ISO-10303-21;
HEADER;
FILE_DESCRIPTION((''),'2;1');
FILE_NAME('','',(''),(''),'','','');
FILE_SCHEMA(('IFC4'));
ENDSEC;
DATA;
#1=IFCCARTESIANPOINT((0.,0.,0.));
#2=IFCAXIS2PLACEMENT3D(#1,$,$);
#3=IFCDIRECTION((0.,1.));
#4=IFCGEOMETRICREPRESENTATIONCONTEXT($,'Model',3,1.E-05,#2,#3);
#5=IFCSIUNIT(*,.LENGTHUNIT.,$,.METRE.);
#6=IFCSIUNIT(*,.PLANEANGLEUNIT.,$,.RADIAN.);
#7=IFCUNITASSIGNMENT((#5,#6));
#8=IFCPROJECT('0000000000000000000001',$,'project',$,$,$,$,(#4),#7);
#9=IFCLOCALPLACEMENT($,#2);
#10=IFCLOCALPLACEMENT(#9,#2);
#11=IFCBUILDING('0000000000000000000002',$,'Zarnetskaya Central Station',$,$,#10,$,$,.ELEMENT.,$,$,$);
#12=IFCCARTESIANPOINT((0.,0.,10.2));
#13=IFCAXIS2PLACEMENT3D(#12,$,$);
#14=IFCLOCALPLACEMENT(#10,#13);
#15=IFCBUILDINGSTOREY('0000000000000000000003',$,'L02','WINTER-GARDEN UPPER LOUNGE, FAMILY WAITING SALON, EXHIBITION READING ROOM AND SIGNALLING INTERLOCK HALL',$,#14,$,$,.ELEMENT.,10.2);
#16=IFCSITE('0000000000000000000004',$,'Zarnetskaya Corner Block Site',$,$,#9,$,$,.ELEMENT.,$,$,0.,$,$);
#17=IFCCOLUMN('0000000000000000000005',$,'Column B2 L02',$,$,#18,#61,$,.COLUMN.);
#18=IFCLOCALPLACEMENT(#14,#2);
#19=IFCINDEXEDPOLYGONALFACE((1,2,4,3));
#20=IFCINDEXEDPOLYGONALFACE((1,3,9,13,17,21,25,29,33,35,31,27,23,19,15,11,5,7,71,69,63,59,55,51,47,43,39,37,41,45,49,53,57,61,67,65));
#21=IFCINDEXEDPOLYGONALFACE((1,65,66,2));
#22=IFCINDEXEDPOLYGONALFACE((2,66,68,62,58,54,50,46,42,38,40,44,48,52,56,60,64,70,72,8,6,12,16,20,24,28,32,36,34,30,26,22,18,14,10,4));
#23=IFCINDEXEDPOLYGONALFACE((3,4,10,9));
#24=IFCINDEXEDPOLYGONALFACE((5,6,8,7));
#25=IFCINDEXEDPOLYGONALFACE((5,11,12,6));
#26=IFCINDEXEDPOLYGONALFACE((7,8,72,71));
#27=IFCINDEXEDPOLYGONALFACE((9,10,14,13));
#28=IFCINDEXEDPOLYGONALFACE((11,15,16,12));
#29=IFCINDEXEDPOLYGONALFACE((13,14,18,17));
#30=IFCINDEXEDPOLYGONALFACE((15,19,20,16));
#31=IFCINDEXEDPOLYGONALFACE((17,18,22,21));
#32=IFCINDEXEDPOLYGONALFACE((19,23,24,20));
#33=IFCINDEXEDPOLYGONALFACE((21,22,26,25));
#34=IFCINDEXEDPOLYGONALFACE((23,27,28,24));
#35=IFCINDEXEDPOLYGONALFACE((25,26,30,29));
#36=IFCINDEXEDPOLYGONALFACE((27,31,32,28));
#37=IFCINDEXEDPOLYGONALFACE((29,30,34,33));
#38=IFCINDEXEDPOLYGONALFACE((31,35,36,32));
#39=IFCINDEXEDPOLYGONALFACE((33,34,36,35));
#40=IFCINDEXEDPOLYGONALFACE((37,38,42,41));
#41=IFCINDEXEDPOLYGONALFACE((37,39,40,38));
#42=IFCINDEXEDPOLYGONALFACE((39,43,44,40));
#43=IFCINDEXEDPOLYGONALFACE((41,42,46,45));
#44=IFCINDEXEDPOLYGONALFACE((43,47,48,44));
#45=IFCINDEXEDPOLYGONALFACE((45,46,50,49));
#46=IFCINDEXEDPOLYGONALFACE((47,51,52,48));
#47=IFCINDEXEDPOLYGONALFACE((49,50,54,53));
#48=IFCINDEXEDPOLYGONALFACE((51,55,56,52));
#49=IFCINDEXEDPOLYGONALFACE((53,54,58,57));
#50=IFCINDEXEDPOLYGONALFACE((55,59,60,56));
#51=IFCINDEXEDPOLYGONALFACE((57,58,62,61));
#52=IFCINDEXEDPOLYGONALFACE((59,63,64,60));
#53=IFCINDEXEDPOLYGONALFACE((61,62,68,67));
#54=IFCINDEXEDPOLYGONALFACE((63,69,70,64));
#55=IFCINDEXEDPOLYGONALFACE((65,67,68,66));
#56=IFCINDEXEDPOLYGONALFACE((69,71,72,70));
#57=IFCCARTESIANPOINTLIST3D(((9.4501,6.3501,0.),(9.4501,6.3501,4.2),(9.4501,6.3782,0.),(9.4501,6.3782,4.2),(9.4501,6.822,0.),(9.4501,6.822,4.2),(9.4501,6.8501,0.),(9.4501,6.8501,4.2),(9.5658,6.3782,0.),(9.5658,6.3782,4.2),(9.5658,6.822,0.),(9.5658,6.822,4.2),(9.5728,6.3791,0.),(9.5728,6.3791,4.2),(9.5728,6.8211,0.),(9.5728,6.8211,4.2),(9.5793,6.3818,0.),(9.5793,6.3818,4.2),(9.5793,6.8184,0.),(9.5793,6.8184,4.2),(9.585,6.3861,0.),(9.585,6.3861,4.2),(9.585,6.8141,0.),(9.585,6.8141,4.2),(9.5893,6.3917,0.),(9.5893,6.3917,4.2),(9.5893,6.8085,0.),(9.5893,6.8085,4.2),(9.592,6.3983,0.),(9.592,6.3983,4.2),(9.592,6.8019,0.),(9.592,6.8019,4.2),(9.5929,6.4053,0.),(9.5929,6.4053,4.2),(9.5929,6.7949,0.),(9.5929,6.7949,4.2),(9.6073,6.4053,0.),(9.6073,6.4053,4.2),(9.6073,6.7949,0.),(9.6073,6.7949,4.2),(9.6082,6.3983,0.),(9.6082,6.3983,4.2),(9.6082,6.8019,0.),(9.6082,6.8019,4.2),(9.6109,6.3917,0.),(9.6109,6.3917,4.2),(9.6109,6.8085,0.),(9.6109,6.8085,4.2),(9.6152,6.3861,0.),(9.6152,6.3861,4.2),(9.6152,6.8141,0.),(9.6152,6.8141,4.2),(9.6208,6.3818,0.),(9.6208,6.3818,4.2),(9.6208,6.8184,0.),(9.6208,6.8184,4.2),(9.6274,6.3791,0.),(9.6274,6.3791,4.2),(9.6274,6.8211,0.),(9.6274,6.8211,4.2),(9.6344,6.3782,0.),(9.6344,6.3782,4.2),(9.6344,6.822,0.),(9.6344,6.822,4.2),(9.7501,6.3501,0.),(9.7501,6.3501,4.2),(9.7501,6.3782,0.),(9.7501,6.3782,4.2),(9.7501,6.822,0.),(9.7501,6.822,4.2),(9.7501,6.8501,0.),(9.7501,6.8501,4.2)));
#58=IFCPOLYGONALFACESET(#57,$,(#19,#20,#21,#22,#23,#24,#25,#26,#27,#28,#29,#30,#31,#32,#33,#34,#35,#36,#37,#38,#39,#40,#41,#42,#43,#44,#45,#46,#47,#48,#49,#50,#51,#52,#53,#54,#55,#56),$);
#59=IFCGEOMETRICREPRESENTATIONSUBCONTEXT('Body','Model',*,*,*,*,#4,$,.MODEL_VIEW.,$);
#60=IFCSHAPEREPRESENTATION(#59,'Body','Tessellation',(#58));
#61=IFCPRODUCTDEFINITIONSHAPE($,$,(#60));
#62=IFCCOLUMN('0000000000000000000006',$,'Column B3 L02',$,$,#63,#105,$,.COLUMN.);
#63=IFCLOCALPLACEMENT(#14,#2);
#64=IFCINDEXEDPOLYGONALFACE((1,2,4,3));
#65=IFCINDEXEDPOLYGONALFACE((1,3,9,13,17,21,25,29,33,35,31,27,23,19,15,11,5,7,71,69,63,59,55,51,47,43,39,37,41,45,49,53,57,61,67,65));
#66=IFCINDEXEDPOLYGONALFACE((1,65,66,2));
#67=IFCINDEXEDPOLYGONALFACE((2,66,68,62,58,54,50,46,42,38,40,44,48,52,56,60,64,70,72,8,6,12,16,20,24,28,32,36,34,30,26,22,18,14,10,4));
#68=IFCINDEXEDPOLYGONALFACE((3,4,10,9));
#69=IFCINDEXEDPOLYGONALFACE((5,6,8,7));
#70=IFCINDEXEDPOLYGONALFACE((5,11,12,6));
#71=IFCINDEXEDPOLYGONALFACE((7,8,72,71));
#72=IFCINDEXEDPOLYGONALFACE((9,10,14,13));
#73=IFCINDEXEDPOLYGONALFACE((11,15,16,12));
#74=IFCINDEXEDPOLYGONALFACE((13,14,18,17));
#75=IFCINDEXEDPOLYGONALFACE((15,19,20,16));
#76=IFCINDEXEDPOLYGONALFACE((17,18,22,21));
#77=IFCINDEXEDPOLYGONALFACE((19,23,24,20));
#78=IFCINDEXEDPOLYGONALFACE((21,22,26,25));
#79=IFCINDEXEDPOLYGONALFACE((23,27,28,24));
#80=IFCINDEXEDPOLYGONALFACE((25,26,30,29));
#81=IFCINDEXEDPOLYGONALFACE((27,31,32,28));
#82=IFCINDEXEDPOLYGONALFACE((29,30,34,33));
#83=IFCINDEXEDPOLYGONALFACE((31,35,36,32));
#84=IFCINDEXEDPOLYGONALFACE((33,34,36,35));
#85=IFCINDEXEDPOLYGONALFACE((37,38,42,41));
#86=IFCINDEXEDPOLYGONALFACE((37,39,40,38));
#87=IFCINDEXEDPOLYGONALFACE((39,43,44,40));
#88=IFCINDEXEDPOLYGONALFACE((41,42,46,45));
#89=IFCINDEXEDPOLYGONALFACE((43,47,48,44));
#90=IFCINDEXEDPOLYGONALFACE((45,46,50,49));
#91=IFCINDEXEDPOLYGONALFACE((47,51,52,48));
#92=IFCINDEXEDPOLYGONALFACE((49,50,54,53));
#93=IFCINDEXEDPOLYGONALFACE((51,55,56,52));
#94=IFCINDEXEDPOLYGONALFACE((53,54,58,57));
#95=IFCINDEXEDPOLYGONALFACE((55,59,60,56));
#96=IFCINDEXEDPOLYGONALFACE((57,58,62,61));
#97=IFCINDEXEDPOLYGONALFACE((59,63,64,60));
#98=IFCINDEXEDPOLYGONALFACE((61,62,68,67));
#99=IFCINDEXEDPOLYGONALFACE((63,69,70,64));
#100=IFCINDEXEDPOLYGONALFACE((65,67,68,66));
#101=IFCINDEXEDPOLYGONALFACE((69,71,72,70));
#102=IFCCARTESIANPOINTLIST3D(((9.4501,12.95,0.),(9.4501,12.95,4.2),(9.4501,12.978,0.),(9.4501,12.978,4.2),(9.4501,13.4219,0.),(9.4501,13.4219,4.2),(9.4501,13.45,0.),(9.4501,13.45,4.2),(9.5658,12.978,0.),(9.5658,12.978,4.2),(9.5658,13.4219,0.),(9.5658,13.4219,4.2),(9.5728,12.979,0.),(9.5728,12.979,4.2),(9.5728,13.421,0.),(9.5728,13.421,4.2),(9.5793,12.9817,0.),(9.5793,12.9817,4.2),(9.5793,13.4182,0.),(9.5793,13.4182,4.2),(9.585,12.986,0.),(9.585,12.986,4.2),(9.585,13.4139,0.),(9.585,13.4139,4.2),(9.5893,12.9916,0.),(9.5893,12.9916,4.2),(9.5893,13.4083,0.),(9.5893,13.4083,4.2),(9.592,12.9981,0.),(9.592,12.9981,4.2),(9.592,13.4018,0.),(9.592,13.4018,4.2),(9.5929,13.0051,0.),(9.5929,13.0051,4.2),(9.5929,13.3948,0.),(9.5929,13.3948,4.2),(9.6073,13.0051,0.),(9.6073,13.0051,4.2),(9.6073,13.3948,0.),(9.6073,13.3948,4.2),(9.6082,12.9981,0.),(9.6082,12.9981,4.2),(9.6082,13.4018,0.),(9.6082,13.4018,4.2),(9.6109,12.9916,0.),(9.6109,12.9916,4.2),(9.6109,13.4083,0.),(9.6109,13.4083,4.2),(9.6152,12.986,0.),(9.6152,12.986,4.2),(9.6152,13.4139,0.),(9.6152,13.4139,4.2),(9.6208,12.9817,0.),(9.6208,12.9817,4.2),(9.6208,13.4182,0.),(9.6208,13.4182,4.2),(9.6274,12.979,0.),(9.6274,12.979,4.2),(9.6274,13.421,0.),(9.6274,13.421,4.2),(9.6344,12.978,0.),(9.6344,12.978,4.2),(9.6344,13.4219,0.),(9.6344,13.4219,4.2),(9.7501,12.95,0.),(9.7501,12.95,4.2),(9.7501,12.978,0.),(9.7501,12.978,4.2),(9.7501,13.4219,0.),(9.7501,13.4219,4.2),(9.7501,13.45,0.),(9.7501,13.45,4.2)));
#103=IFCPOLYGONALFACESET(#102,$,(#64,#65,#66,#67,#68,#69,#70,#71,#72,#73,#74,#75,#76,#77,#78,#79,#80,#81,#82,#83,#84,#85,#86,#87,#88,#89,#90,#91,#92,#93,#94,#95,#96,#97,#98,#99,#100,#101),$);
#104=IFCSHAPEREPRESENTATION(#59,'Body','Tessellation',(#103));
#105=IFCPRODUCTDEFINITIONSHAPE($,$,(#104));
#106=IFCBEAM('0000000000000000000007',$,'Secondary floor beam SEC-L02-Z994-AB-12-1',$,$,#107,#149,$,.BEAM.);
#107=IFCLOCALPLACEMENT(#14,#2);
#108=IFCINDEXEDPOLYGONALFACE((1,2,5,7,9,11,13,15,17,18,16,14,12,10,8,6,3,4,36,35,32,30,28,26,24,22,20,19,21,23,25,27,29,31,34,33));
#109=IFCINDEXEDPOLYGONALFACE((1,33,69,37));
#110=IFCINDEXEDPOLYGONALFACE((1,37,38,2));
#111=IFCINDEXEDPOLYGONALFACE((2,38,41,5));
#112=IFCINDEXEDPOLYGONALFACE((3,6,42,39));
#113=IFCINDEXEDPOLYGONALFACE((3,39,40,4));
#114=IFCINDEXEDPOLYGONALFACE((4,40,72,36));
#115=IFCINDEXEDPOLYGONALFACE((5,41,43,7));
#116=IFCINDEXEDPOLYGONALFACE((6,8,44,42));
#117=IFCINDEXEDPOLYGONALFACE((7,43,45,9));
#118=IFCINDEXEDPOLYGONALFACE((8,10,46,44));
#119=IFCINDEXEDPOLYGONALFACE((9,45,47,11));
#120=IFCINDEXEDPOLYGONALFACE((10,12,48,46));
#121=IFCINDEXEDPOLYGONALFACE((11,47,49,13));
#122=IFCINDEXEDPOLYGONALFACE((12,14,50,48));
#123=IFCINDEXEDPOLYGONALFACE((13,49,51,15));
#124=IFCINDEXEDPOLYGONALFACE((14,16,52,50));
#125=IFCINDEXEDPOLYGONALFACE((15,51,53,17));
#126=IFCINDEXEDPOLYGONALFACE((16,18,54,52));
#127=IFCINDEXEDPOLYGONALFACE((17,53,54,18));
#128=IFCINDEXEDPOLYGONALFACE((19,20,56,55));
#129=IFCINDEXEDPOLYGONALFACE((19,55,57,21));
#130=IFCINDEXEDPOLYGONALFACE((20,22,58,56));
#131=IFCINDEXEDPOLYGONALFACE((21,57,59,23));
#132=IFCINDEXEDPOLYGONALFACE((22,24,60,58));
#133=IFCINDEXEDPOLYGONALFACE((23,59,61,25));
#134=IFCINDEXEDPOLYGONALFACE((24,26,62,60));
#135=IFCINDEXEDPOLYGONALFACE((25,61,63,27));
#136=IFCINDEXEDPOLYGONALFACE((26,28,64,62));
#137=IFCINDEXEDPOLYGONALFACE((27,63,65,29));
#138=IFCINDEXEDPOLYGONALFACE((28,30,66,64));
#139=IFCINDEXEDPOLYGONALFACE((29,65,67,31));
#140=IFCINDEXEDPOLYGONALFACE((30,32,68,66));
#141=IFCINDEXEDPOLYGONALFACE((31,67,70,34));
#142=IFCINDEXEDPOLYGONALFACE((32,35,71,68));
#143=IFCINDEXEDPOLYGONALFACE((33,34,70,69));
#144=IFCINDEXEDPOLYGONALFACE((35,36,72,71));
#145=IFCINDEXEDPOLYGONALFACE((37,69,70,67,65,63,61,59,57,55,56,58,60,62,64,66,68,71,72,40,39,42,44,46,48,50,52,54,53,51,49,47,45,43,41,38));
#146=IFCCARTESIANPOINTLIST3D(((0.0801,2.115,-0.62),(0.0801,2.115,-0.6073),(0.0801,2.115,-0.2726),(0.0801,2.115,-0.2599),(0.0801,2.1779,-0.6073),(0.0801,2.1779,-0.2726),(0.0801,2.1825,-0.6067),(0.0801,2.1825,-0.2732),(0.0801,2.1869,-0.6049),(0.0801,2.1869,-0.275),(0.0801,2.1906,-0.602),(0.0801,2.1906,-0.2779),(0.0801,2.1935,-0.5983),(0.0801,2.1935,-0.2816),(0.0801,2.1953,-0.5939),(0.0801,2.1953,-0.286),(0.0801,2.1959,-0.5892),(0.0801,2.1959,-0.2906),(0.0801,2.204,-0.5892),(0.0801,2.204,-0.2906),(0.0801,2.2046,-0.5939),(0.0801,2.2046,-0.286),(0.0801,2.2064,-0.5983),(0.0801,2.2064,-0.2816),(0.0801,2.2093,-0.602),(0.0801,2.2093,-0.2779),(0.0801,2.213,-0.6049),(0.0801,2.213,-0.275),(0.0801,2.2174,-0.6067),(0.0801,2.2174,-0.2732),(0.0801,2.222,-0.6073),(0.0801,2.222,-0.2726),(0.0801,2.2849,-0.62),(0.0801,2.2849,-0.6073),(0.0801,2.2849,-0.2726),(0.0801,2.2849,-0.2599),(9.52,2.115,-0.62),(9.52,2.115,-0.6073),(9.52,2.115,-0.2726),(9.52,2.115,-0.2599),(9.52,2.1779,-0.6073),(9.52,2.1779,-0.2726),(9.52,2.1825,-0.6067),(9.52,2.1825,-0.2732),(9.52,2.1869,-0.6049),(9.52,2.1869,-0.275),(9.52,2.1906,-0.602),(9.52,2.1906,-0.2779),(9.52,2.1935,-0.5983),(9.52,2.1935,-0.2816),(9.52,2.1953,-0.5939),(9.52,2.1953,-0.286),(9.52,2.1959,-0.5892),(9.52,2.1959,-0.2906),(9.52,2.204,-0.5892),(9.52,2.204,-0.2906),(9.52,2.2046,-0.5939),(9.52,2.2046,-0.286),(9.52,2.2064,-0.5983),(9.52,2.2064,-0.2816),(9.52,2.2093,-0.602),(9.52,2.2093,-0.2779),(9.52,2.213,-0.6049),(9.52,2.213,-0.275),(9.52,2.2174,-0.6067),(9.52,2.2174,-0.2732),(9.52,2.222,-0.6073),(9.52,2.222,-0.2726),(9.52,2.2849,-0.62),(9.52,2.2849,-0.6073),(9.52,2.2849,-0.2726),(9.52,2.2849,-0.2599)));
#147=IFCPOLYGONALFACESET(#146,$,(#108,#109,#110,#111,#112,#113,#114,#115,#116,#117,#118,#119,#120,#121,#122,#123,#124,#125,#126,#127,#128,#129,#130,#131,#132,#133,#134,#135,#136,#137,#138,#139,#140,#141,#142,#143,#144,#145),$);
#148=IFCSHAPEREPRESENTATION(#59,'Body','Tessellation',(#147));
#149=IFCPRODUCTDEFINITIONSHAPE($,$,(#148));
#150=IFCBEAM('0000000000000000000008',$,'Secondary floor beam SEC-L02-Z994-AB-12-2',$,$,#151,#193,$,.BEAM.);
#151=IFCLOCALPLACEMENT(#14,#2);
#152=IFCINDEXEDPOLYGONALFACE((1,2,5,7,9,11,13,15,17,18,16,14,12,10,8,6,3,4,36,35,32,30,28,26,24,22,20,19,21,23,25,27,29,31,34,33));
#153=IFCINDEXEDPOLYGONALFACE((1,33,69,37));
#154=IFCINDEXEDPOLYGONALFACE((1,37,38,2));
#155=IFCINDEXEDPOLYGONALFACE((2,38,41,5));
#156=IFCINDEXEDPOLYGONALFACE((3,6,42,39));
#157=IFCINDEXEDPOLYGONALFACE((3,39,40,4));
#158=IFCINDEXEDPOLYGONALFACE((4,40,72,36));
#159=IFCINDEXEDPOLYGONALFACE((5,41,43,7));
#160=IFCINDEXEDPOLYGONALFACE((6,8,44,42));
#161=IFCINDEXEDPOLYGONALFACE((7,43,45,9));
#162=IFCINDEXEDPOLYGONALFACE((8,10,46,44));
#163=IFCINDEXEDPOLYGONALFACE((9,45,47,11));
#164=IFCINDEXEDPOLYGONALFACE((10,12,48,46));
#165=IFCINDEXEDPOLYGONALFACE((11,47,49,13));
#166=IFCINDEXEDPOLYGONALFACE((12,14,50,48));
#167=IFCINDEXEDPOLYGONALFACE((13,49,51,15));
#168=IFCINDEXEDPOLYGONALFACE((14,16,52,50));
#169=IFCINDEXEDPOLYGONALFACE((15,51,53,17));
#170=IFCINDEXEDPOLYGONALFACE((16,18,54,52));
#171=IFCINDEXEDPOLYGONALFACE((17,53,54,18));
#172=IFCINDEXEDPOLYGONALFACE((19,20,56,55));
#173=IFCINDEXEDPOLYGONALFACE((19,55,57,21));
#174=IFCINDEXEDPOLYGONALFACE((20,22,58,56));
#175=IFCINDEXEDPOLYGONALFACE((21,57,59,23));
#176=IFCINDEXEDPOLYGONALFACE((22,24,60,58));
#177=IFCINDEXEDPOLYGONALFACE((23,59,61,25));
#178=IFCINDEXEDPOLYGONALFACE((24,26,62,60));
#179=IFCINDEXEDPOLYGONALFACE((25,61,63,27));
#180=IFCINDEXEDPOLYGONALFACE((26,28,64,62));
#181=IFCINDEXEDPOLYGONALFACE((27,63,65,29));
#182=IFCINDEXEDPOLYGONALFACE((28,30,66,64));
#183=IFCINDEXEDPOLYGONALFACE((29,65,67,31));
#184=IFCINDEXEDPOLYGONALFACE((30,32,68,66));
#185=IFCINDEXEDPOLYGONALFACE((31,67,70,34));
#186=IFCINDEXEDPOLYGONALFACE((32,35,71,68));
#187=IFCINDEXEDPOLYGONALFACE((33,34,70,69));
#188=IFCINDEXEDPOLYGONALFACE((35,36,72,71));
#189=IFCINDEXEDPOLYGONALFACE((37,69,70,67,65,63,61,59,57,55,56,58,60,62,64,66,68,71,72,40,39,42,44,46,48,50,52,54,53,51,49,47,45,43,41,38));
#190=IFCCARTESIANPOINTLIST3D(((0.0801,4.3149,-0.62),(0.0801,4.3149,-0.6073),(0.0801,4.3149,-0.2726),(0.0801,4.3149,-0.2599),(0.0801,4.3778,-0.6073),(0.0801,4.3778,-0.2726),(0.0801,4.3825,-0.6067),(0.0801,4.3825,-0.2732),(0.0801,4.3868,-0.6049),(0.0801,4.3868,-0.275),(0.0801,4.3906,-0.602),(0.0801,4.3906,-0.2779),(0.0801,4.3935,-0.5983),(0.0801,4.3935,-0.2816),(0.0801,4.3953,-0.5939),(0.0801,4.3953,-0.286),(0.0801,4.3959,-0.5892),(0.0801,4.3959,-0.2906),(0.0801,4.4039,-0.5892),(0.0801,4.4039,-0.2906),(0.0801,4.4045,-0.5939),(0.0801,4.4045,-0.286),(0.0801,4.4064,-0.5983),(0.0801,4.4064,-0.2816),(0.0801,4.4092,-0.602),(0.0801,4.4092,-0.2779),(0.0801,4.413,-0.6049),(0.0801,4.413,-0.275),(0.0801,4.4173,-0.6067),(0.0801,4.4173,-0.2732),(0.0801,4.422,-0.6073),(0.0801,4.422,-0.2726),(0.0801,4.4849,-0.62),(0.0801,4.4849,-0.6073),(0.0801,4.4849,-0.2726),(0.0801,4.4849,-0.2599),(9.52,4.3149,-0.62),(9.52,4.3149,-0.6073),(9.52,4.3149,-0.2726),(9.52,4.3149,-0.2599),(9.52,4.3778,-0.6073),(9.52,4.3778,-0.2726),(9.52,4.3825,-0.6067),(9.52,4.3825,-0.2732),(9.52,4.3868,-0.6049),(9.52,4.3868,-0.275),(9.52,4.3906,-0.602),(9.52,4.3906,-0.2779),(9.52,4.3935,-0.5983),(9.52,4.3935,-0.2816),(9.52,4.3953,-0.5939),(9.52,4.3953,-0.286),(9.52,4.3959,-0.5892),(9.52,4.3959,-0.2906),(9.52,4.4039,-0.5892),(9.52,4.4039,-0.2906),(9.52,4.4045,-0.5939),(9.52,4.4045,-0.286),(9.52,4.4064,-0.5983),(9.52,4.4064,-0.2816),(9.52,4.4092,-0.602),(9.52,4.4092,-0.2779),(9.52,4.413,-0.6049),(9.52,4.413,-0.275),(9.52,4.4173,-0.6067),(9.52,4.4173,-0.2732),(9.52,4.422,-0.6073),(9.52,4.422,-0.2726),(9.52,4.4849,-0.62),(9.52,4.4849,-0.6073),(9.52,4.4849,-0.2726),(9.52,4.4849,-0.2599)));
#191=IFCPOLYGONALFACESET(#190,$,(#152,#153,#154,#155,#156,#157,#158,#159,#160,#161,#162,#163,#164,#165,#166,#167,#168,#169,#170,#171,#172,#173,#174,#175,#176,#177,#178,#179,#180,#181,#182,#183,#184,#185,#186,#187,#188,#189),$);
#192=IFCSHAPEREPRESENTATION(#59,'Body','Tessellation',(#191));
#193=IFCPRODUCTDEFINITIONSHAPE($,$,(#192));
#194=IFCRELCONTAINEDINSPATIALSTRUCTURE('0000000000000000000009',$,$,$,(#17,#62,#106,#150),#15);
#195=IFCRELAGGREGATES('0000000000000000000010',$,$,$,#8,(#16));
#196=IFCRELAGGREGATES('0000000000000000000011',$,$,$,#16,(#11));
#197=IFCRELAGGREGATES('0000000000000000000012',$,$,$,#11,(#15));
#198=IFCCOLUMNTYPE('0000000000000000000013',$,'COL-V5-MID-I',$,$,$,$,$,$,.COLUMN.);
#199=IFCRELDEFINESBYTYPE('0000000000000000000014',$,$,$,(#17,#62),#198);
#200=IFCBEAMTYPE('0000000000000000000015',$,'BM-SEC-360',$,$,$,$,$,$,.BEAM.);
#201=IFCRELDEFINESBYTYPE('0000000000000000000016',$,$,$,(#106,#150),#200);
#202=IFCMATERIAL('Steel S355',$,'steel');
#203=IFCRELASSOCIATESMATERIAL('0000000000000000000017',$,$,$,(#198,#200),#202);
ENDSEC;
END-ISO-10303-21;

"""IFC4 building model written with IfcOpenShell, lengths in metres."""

from ifc_helpers import new_model, si_unit, direction, frame, origin, origin_2d, place, context, subcontext, project, spatial, i_section, extrude, material, material_profile, profile_set, type_object, element, save


model = new_model("IFC4")

# Units and contexts
model_context = context("Model", 3, precision=1e-05, world=origin(), true_north=direction((0.0, 1.0)))
body_context = subcontext(model_context, "Body", "Model", "MODEL_VIEW")
ifc_project = project(units=[si_unit("LENGTHUNIT", "METRE"), si_unit("PLANEANGLEUNIT", "RADIAN")], contexts=[model_context])

# Site, building, storey
site_placement = place(None, origin())
site = spatial("IfcSite", under=ifc_project, at=site_placement, Name="Zarnetskaya Corner Block Site", CompositionType="ELEMENT", RefElevation=0.0)
building_placement = place(site_placement, origin())
building = spatial("IfcBuilding", under=site, at=building_placement, Name="Zarnetskaya Central Station", CompositionType="ELEMENT")
storey_placement = place(building_placement, frame((0.0, 0.0, 10.2)))
storey = spatial("IfcBuildingStorey", under=building, at=storey_placement, Name="L02", Description="WINTER-GARDEN UPPER LOUNGE, FAMILY WAITING SALON, EXHIBITION READING ROOM AND SIGNALLING INTERLOCK HALL", CompositionType="ELEMENT", Elevation=10.2)

# Columns
ifc_material_1 = material(Name="Steel S355", Category="steel")
ifc_material_profile_1 = material_profile(ifc_material_1, i_section(OverallWidth=0.3, OverallDepth=0.5, WebThickness=0.0144, FlangeThickness=0.0281, FilletRadius=0.0271, at=origin_2d()), Name="HEB 500")
ifc_profile_set_1 = profile_set([ifc_material_profile_1], Name="Steel S355")
column_type = type_object("IfcColumnType", Name="COL-V5-MID-I", PredefinedType="COLUMN", material=ifc_profile_set_1)
for number, where, z_axis, x_axis, name in (
    (1, (9.6001, 6.6001, 0.0), (0.0, 0.0, 1.0), (1.0, 0.0, 0.0), "Column B2 L02"),
    (2, (9.6001, 13.2, 0.0), (0.0, 0.0, 1.0), (1.0, 0.0, 0.0), "Column B3 L02"),
):
    element("IfcColumn", number, at=place(storey_placement, frame(where, z_axis=z_axis, x_axis=x_axis)), inside=storey, type_object=column_type, Name=name, PredefinedType="COLUMN", context=body_context, shape_type="SweptSolid", body=[
        extrude(i_section(OverallWidth=0.3, OverallDepth=0.5, WebThickness=0.0144, FlangeThickness=0.0281, FilletRadius=0.0271, at=origin_2d()), origin(), (0.0, 0.0, 1.0), 4.2),
    ])

# Beams
ifc_material_profile_2 = material_profile(ifc_material_1, i_section(OverallWidth=0.1699, OverallDepth=0.3601, WebThickness=0.0081, FlangeThickness=0.0127, FilletRadius=0.0181, at=origin_2d()), Name="IPE 360")
ifc_profile_set_2 = profile_set([ifc_material_profile_2], Name="Steel S355")
beam_type_1 = type_object("IfcBeamType", Name="BM-SEC-360", PredefinedType="BEAM", material=ifc_profile_set_2)
for number, where, z_axis, x_axis, name in (
    (3, (0.0801, 2.2, -0.4399), (1.0, 0.0, 0.0), (0.0, 1.0, 0.0), "Secondary floor beam SEC-L02-Z994-AB-12-1"),
    (4, (0.0801, 4.3999, -0.4399), (1.0, 0.0, 0.0), (0.0, 1.0, 0.0), "Secondary floor beam SEC-L02-Z994-AB-12-2"),
):
    element("IfcBeam", number, at=place(storey_placement, frame(where, z_axis=z_axis, x_axis=x_axis)), inside=storey, type_object=beam_type_1, Name=name, PredefinedType="BEAM", context=body_context, shape_type="SweptSolid", body=[
        extrude(i_section(OverallWidth=0.1699, OverallDepth=0.3601, WebThickness=0.0081, FlangeThickness=0.0127, FilletRadius=0.0181, at=origin_2d()), origin(), (0.0, 0.0, 1.0), 9.4399),
    ])

save(model, "model.ifc")
